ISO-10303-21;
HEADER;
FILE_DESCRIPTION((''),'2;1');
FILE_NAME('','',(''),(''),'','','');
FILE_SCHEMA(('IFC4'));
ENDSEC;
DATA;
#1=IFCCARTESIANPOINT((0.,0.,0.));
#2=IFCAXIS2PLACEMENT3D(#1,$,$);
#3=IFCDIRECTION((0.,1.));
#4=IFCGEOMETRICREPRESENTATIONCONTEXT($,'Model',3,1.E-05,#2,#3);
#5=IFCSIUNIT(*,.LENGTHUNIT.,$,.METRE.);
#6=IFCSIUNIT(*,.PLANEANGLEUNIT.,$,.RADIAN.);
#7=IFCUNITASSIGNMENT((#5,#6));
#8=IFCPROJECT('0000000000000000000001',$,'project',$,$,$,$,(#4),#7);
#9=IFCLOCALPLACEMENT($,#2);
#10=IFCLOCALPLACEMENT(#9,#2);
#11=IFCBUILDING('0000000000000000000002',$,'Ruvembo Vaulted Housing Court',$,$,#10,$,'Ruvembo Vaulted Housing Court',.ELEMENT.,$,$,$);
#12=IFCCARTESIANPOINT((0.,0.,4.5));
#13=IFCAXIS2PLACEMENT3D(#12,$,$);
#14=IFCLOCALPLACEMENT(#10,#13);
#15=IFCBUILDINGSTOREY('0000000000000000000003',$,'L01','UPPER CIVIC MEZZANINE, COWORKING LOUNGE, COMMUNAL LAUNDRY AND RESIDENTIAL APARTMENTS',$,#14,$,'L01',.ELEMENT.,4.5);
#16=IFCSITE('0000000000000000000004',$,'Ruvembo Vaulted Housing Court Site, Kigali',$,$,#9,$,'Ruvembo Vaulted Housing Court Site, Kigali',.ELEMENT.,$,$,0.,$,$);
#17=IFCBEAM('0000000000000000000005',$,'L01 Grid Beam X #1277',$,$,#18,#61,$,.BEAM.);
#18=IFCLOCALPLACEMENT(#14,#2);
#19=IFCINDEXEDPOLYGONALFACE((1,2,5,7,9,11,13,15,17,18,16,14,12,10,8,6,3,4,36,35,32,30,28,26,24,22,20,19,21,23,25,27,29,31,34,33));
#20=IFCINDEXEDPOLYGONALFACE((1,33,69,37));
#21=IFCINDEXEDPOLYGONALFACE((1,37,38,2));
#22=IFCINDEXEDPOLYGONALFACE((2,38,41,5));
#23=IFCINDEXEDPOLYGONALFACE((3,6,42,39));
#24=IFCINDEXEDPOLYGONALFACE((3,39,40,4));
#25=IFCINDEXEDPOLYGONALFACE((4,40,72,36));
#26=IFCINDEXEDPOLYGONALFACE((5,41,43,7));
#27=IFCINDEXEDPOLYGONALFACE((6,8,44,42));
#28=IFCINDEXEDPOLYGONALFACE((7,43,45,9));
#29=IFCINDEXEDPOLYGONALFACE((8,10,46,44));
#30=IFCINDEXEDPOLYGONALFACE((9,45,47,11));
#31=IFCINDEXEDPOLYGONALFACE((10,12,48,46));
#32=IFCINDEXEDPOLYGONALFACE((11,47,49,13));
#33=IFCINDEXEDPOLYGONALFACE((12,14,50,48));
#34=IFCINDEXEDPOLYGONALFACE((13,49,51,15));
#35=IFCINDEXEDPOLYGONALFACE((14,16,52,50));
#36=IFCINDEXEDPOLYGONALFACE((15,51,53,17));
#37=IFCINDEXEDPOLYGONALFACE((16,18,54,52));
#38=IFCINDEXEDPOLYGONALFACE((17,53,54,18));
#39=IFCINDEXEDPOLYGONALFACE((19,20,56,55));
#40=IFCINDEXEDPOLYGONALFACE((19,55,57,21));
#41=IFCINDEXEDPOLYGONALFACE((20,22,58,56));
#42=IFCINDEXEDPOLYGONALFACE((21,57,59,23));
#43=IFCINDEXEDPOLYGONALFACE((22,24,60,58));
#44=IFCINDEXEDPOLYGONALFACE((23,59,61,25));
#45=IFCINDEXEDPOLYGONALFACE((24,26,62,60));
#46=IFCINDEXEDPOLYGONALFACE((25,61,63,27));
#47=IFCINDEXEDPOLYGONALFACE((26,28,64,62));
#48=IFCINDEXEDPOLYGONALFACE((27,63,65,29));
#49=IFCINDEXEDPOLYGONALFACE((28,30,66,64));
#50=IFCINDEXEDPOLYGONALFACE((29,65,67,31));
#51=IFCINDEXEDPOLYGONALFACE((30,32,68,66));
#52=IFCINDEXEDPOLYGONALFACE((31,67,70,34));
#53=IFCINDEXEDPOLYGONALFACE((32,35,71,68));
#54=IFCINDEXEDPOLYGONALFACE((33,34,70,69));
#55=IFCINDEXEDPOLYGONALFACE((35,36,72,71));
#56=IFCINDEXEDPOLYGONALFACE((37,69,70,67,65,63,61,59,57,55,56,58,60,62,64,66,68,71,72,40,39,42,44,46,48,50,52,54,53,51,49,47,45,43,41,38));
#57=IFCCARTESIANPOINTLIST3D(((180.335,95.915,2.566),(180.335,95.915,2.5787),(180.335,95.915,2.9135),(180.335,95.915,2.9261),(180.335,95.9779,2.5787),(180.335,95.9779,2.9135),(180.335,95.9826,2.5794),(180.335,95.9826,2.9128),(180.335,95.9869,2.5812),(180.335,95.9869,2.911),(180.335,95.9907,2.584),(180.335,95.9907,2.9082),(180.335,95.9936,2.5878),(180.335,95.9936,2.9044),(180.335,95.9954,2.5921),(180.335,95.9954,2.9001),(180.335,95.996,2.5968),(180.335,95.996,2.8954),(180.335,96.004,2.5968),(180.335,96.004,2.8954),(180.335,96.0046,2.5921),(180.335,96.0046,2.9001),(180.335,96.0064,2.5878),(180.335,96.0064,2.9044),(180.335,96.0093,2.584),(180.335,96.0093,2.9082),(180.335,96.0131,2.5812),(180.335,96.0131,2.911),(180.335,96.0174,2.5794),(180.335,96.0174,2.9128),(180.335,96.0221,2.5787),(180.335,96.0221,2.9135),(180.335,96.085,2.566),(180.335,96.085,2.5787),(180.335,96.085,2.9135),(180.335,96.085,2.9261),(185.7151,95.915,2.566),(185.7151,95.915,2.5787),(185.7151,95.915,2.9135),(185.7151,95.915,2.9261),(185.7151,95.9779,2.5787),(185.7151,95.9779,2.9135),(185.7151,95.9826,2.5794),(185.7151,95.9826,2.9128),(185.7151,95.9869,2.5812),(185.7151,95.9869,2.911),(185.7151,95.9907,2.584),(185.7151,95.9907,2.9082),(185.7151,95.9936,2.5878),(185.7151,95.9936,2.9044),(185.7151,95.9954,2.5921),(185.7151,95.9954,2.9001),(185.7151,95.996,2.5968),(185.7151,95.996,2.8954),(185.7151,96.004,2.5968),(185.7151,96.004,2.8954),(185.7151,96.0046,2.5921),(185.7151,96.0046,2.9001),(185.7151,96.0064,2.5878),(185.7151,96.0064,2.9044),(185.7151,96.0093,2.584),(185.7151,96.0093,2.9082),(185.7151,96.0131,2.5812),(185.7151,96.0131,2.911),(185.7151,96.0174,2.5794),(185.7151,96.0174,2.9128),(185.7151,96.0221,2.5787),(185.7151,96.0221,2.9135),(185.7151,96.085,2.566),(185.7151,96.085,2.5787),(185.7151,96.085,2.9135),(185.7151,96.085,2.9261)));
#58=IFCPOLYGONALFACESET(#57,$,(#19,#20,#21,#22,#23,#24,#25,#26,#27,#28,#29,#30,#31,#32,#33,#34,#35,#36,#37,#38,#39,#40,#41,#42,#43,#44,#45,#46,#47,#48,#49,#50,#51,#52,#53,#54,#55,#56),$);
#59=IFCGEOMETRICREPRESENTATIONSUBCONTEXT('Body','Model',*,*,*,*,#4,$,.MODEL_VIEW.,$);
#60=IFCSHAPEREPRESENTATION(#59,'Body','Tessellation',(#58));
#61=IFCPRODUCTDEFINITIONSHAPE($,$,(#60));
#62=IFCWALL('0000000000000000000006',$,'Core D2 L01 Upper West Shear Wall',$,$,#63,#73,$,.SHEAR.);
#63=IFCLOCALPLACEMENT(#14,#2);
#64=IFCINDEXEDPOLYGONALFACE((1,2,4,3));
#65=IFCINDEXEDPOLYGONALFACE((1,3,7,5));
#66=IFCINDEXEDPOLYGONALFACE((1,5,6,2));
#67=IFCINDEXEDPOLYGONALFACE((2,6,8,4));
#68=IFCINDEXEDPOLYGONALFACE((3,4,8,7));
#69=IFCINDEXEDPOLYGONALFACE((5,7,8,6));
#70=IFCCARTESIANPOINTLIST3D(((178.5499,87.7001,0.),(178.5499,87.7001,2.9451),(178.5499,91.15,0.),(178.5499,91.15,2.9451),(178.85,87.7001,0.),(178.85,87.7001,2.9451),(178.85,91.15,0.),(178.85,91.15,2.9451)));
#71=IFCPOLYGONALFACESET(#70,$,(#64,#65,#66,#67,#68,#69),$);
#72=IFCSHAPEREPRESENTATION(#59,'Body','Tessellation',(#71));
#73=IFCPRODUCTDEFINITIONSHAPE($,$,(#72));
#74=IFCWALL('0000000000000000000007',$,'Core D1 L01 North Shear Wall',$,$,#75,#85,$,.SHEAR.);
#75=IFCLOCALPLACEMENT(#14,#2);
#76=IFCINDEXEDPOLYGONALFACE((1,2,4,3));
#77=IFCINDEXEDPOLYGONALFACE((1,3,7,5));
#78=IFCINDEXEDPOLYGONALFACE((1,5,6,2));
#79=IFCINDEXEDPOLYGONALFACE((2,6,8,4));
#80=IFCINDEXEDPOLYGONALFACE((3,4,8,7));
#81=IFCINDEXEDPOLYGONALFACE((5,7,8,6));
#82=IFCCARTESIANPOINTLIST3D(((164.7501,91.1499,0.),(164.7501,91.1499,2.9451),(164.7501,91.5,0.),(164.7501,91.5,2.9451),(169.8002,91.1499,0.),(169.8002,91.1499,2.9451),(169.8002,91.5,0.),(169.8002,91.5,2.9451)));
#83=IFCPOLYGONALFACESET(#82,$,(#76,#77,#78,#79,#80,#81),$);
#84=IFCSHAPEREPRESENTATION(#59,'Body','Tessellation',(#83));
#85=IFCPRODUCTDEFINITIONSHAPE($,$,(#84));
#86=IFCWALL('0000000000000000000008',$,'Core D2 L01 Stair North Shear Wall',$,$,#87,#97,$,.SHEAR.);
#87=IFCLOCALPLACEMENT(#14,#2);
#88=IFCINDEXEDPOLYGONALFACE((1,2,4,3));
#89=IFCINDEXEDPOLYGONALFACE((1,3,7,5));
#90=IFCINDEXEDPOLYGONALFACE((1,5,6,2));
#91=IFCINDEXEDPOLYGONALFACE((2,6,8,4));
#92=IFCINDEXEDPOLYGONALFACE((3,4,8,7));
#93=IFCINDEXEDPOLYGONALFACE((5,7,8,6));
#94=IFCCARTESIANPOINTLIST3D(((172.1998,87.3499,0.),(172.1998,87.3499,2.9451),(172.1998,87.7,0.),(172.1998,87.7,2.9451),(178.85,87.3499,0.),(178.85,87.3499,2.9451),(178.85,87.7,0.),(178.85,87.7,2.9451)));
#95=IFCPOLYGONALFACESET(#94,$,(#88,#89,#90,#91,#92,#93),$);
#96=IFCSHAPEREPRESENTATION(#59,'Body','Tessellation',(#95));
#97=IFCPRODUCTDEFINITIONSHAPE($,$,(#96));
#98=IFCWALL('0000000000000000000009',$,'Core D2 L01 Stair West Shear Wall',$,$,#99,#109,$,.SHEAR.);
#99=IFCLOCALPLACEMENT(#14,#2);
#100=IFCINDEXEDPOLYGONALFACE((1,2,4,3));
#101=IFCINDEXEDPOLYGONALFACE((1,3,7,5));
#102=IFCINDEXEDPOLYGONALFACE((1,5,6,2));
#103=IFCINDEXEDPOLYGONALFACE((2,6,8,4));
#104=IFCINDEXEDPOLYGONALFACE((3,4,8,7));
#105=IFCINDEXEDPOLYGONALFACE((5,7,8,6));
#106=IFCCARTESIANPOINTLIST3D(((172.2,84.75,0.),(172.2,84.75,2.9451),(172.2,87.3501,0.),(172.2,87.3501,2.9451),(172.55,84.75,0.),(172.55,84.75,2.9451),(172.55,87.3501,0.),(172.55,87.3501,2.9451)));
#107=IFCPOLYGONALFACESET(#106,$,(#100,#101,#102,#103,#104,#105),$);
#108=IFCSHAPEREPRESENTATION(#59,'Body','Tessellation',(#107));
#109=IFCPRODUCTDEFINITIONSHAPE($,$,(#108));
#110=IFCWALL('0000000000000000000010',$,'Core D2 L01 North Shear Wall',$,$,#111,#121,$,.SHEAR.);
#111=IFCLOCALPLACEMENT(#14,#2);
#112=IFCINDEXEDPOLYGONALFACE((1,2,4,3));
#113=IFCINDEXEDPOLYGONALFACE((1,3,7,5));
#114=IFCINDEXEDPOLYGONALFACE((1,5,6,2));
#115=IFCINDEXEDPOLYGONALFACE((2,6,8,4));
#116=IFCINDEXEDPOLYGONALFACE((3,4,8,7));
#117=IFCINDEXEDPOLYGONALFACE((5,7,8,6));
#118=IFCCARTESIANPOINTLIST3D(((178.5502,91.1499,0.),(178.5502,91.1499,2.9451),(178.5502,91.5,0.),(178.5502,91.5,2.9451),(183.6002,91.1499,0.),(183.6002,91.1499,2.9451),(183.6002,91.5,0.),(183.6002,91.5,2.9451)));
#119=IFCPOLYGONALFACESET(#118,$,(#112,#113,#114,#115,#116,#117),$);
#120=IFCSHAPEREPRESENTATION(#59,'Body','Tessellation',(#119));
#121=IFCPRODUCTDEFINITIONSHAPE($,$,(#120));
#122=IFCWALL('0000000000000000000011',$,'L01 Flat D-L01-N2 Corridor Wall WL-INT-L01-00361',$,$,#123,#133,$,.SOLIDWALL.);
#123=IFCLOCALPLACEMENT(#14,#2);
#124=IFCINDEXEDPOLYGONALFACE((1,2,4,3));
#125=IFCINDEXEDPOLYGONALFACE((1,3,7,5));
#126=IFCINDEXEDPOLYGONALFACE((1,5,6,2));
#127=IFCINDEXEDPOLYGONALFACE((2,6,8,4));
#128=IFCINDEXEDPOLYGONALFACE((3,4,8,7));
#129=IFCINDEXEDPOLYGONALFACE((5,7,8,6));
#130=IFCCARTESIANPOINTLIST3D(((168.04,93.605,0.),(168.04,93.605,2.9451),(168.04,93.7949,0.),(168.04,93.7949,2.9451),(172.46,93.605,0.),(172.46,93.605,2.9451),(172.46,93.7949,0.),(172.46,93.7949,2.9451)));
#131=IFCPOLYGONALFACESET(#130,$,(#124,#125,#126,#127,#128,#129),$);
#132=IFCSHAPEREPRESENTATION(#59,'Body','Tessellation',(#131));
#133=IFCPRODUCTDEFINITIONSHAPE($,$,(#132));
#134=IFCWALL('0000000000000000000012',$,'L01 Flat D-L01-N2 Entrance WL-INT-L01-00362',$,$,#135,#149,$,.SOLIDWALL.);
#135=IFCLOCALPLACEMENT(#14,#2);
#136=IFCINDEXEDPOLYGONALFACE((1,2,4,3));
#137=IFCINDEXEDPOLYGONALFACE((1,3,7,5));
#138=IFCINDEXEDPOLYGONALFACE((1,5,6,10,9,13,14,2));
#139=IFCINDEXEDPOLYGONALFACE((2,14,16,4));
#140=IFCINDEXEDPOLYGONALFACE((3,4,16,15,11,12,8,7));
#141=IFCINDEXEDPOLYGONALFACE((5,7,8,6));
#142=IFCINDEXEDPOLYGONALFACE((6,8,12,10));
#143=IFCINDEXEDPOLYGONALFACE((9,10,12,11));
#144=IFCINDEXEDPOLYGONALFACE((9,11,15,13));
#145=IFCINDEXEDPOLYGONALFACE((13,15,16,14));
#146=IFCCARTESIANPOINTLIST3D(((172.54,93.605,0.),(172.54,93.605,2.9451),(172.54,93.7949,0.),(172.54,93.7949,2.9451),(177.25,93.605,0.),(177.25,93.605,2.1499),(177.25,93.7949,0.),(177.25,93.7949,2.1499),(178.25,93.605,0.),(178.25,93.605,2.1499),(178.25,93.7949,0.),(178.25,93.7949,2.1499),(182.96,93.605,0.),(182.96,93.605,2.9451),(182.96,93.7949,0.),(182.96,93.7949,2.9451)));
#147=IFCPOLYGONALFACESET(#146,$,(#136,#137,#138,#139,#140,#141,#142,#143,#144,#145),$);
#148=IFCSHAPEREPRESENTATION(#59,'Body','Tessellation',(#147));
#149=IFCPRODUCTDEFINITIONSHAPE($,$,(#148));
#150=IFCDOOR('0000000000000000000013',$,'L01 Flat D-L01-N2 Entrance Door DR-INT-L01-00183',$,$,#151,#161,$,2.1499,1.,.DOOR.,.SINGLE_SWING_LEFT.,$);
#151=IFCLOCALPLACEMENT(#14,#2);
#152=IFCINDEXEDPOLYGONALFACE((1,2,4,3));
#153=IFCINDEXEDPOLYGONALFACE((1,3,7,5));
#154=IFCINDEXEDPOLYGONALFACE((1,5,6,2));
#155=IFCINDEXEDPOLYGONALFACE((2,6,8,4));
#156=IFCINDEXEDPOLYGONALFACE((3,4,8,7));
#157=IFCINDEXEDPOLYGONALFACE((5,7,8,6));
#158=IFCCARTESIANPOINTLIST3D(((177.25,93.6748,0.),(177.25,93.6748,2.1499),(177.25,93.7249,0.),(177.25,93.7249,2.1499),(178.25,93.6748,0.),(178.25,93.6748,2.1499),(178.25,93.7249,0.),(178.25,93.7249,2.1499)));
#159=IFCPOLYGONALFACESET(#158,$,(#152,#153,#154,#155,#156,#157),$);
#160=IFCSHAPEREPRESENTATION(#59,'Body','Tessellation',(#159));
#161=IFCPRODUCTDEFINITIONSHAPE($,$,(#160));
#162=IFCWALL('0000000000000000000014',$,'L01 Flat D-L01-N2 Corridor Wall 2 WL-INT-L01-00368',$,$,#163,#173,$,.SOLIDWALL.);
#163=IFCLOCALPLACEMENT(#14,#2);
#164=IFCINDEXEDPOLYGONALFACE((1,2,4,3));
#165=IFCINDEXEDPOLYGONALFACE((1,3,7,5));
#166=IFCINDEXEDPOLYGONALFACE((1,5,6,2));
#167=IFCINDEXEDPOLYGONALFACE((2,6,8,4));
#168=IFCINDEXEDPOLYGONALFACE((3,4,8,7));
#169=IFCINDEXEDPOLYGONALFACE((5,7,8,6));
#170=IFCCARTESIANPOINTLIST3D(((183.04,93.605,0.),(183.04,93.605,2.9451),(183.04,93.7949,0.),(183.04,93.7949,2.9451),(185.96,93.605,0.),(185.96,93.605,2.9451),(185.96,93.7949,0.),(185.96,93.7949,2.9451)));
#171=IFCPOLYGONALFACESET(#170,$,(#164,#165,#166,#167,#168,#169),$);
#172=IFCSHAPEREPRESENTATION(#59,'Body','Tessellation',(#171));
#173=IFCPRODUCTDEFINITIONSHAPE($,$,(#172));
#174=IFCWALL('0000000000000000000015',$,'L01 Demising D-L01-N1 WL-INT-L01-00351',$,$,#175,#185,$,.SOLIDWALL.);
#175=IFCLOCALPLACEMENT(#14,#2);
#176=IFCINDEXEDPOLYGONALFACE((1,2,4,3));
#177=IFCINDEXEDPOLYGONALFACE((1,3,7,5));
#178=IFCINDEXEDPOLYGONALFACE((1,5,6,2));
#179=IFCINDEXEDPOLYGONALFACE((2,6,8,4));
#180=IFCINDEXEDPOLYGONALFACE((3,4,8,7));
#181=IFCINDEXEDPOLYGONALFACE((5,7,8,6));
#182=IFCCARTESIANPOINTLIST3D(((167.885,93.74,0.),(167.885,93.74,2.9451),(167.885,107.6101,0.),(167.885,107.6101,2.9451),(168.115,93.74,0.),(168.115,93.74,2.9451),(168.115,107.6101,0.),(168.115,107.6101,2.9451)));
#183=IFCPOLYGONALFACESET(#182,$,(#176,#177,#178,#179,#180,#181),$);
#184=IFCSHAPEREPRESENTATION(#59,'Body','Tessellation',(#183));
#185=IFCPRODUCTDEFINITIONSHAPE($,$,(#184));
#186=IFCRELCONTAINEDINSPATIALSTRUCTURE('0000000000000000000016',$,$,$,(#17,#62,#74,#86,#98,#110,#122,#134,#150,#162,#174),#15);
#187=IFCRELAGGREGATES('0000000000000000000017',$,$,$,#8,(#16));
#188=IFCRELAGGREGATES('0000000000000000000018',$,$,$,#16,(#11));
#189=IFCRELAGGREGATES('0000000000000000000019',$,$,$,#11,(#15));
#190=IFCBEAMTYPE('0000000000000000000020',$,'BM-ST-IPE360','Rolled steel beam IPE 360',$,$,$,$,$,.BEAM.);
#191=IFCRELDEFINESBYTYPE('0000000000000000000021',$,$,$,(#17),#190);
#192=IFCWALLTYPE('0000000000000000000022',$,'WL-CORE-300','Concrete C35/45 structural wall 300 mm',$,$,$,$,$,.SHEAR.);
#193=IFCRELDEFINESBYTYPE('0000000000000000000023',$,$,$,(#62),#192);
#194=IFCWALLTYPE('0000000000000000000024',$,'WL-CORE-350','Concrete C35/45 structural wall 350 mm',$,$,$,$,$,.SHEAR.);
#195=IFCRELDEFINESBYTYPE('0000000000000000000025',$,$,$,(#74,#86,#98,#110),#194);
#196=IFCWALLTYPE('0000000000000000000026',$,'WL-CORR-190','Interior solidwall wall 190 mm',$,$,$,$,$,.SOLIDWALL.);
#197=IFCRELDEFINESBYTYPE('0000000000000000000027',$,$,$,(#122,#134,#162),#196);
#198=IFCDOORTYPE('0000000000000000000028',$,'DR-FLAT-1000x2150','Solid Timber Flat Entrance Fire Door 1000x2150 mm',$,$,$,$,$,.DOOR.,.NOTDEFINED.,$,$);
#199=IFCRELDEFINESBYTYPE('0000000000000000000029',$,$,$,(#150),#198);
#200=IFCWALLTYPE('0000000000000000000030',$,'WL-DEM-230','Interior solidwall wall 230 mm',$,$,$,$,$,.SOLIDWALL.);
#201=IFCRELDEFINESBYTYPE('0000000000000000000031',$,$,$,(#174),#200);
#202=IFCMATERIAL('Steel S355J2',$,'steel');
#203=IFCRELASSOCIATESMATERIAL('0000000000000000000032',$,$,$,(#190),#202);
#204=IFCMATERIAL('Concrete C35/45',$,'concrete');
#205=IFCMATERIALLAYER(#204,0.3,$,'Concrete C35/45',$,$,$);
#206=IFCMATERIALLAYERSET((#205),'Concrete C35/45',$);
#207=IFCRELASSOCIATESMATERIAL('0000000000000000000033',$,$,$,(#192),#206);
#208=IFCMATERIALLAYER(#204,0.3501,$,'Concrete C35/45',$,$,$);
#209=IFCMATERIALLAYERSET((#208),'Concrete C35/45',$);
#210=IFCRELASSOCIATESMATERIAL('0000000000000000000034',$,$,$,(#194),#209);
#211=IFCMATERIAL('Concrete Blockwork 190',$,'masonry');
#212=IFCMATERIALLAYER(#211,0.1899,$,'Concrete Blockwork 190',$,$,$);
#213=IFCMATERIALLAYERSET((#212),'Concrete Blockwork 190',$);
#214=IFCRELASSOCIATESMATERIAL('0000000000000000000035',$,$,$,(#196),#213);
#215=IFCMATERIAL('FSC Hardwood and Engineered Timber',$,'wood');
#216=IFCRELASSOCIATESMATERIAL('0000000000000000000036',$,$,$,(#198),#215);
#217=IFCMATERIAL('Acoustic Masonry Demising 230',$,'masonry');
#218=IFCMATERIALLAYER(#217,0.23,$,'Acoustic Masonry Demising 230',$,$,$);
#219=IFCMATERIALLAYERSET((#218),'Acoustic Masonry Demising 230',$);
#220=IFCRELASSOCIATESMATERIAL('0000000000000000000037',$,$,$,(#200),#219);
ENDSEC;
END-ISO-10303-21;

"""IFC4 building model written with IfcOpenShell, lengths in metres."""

from ifc_helpers import new_model, si_unit, direction, frame, frame_2d, origin, origin_2d, place, context, subcontext, project, spatial, rectangle, i_section, extrude, material, layer, layer_set, material_profile, profile_set, type_object, element, fill, save


model = new_model("IFC4")

# Units and contexts
model_context = context("Model", 3, precision=1e-05, world=origin(), true_north=direction((0.0, 1.0)))
body_context = subcontext(model_context, "Body", "Model", "MODEL_VIEW")
ifc_project = project(units=[si_unit("LENGTHUNIT", "METRE"), si_unit("PLANEANGLEUNIT", "RADIAN")], contexts=[model_context])

# Site, building, storey
site_placement = place(None, origin())
site = spatial("IfcSite", under=ifc_project, at=site_placement, Name="Ruvembo Vaulted Housing Court Site, Kigali", LongName="Ruvembo Vaulted Housing Court Site, Kigali", CompositionType="ELEMENT", RefElevation=0.0)
building_placement = place(site_placement, origin())
building = spatial("IfcBuilding", under=site, at=building_placement, Name="Ruvembo Vaulted Housing Court", LongName="Ruvembo Vaulted Housing Court", CompositionType="ELEMENT")
storey_placement = place(building_placement, frame((0.0, 0.0, 4.5)))
storey = spatial("IfcBuildingStorey", under=building, at=storey_placement, Name="L01", Description="UPPER CIVIC MEZZANINE, COWORKING LOUNGE, COMMUNAL LAUNDRY AND RESIDENTIAL APARTMENTS", LongName="L01", CompositionType="ELEMENT", Elevation=4.5)

# Beam
ifc_material_1 = material(Name="Steel S355J2", Category="steel")
ifc_material_profile_1 = material_profile(ifc_material_1, i_section(OverallWidth=0.1699, OverallDepth=0.3601, WebThickness=0.0081, FlangeThickness=0.0127, FilletRadius=0.0181, at=origin_2d()), Name="IPE 360")
ifc_profile_set_1 = profile_set([ifc_material_profile_1], Name="Steel S355J2")
beam_type_1 = type_object("IfcBeamType", Name="BM-ST-IPE360", Description="Rolled steel beam IPE 360", PredefinedType="BEAM", material=ifc_profile_set_1)
beam_1_placement = place(storey_placement, frame((180.335, 96.0, 2.7461), z_axis=(1.0, 0.0, 0.0), x_axis=(0.0, 1.0, 0.0)))
element("IfcBeam", 1, at=beam_1_placement, inside=storey, type_object=beam_type_1, Name="L01 Grid Beam X #1277", PredefinedType="BEAM", context=body_context, shape_type="SweptSolid", body=[
    extrude(i_section(OverallWidth=0.1699, OverallDepth=0.3601, WebThickness=0.0081, FlangeThickness=0.0127, FilletRadius=0.0181, at=origin_2d()), origin(), (0.0, 0.0, 1.0), 5.3801),
])

# Walls
ifc_material_2 = material(Name="Concrete C35/45", Category="concrete")
ifc_layer_1 = layer(ifc_material_2, 0.3, Name="Concrete C35/45")
ifc_layer_set_1 = layer_set([ifc_layer_1], Name="Concrete C35/45")
wall_type_1 = type_object("IfcWallType", Name="WL-CORE-300", Description="Concrete C35/45 structural wall 300 mm", PredefinedType="SHEAR", material=ifc_layer_set_1)
wall_1_placement = place(storey_placement, frame((178.7, 87.7, 0.0), z_axis=(0.0, 0.0, 1.0), x_axis=(0.0, 1.0, 0.0)))
element("IfcWall", 2, at=wall_1_placement, inside=storey, type_object=wall_type_1, Name="Core D2 L01 Upper West Shear Wall", PredefinedType="SHEAR", context=body_context, shape_type="SweptSolid", body=[
    extrude(rectangle(XDim=3.45, YDim=0.3, at=frame_2d((1.7251, 0.0))), origin(), (0.0, 0.0, 1.0), 2.9451),
])
ifc_layer_2 = layer(ifc_material_2, 0.3501, Name="Concrete C35/45")
ifc_layer_set_2 = layer_set([ifc_layer_2], Name="Concrete C35/45")
wall_type_2 = type_object("IfcWallType", Name="WL-CORE-350", Description="Concrete C35/45 structural wall 350 mm", PredefinedType="SHEAR", material=ifc_layer_set_2)
wall_2_placement = place(storey_placement, frame((169.8, 91.325, 0.0), z_axis=(0.0, 0.0, 1.0), x_axis=(-1.0, 0.0, 0.0)))
element("IfcWall", 3, at=wall_2_placement, inside=storey, type_object=wall_type_2, Name="Core D1 L01 North Shear Wall", PredefinedType="SHEAR", context=body_context, shape_type="SweptSolid", body=[
    extrude(rectangle(XDim=5.05, YDim=0.3501, at=frame_2d((2.5249, 0.0))), origin(), (0.0, 0.0, 1.0), 2.9451),
])
wall_3_placement = place(storey_placement, frame((178.8501, 87.5249, 0.0), z_axis=(0.0, 0.0, 1.0), x_axis=(-1.0, 0.0, 0.0)))
element("IfcWall", 4, at=wall_3_placement, inside=storey, type_object=wall_type_2, Name="Core D2 L01 Stair North Shear Wall", PredefinedType="SHEAR", context=body_context, shape_type="SweptSolid", body=[
    extrude(rectangle(XDim=6.6501, YDim=0.3501, at=frame_2d((3.3252, 0.0))), origin(), (0.0, 0.0, 1.0), 2.9451),
])
wall_4_placement = place(storey_placement, frame((172.375, 87.3501, 0.0), z_axis=(0.0, 0.0, 1.0), x_axis=(0.0, -1.0, 0.0)))
element("IfcWall", 5, at=wall_4_placement, inside=storey, type_object=wall_type_2, Name="Core D2 L01 Stair West Shear Wall", PredefinedType="SHEAR", context=body_context, shape_type="SweptSolid", body=[
    extrude(rectangle(XDim=2.6001, YDim=0.3501, at=frame_2d((1.3, 0.0))), origin(), (0.0, 0.0, 1.0), 2.9451),
])
wall_5_placement = place(storey_placement, frame((183.6001, 91.325, 0.0), z_axis=(0.0, 0.0, 1.0), x_axis=(-1.0, 0.0, 0.0)))
element("IfcWall", 6, at=wall_5_placement, inside=storey, type_object=wall_type_2, Name="Core D2 L01 North Shear Wall", PredefinedType="SHEAR", context=body_context, shape_type="SweptSolid", body=[
    extrude(rectangle(XDim=5.05, YDim=0.3501, at=frame_2d((2.5249, 0.0))), origin(), (0.0, 0.0, 1.0), 2.9451),
])
ifc_material_3 = material(Name="Concrete Blockwork 190", Category="masonry")
ifc_layer_3 = layer(ifc_material_3, 0.1899, Name="Concrete Blockwork 190")
ifc_layer_set_3 = layer_set([ifc_layer_3], Name="Concrete Blockwork 190")
wall_type_3 = type_object("IfcWallType", Name="WL-CORR-190", Description="Interior solidwall wall 190 mm", PredefinedType="SOLIDWALL", material=ifc_layer_set_3)
wall_6_placement = place(storey_placement, frame((168.04, 93.7, 0.0), z_axis=(0.0, 0.0, 1.0), x_axis=(1.0, 0.0, 0.0)))
element("IfcWall", 7, at=wall_6_placement, inside=storey, type_object=wall_type_3, Name="L01 Flat D-L01-N2 Corridor Wall WL-INT-L01-00361", PredefinedType="SOLIDWALL", context=body_context, shape_type="SweptSolid", body=[
    extrude(rectangle(XDim=4.4199, YDim=0.1899, at=frame_2d((2.21, 0.0))), origin(), (0.0, 0.0, 1.0), 2.9451),
])

# Wall, opening, door
wall_7_placement = place(storey_placement, frame((172.54, 93.7, 0.0), z_axis=(0.0, 0.0, 1.0), x_axis=(1.0, 0.0, 0.0)))
wall_7 = element("IfcWall", 8, at=wall_7_placement, inside=storey, type_object=wall_type_3, Name="L01 Flat D-L01-N2 Entrance WL-INT-L01-00362", PredefinedType="SOLIDWALL", context=body_context, shape_type="SweptSolid", body=[
    extrude(rectangle(XDim=10.4199, YDim=0.1899, at=frame_2d((5.21, 0.0))), origin(), (0.0, 0.0, 1.0), 2.9451),
])
opening_1_placement = place(wall_7_placement, frame((4.71, 0.0, 0.0)))
opening_1 = element("IfcOpeningElement", 9, at=opening_1_placement, cuts=wall_7, PredefinedType="OPENING", context=body_context, shape_type="SweptSolid", body=[
    extrude(rectangle(XDim=1.0, YDim=2.1499, at=frame_2d((0.5, 1.075))), frame((0.0, 0.105, 0.0), z_axis=(0.0, -1.0, 0.0), x_axis=(1.0, 0.0, 0.0)), (0.0, 0.0, 1.0), 0.21),
])
ifc_material_4 = material(Name="FSC Hardwood and Engineered Timber", Category="wood")
door_type_1 = type_object("IfcDoorType", Name="DR-FLAT-1000x2150", Description="Solid Timber Flat Entrance Fire Door 1000x2150 mm", OperationType="NOTDEFINED", PredefinedType="DOOR", material=ifc_material_4)
door_1_placement = place(opening_1_placement, origin())
door_1 = element("IfcDoor", 10, at=door_1_placement, inside=storey, type_object=door_type_1, Name="L01 Flat D-L01-N2 Entrance Door DR-INT-L01-00183", OperationType="SINGLE_SWING_LEFT", OverallHeight=2.1499, OverallWidth=1.0, PredefinedType="DOOR", context=body_context, shape_type="SweptSolid", body=[
    extrude(rectangle(XDim=1.0, YDim=2.1499, at=frame_2d((0.5, 1.075))), frame((0.0, 0.0249, 0.0), z_axis=(0.0, -1.0, 0.0), x_axis=(1.0, 0.0, 0.0)), (0.0, 0.0, 1.0), 0.05),
])
fill(opening_1, door_1)

# Walls
wall_8_placement = place(storey_placement, frame((183.04, 93.7, 0.0), z_axis=(0.0, 0.0, 1.0), x_axis=(1.0, 0.0, 0.0)))
element("IfcWall", 11, at=wall_8_placement, inside=storey, type_object=wall_type_3, Name="L01 Flat D-L01-N2 Corridor Wall 2 WL-INT-L01-00368", PredefinedType="SOLIDWALL", context=body_context, shape_type="SweptSolid", body=[
    extrude(rectangle(XDim=2.9199, YDim=0.1899, at=frame_2d((1.46, 0.0))), origin(), (0.0, 0.0, 1.0), 2.9451),
])
ifc_material_5 = material(Name="Acoustic Masonry Demising 230", Category="masonry")
ifc_layer_4 = layer(ifc_material_5, 0.23, Name="Acoustic Masonry Demising 230")
ifc_layer_set_4 = layer_set([ifc_layer_4], Name="Acoustic Masonry Demising 230")
wall_type_4 = type_object("IfcWallType", Name="WL-DEM-230", Description="Interior solidwall wall 230 mm", PredefinedType="SOLIDWALL", material=ifc_layer_set_4)
wall_9_placement = place(storey_placement, frame((168.0, 93.74, 0.0), z_axis=(0.0, 0.0, 1.0), x_axis=(0.0, 1.0, 0.0)))
element("IfcWall", 12, at=wall_9_placement, inside=storey, type_object=wall_type_4, Name="L01 Demising D-L01-N1 WL-INT-L01-00351", PredefinedType="SOLIDWALL", context=body_context, shape_type="SweptSolid", body=[
    extrude(rectangle(XDim=13.8701, YDim=0.23, at=frame_2d((6.9351, 0.0))), origin(), (0.0, 0.0, 1.0), 2.9451),
])

save(model, "model.ifc")
